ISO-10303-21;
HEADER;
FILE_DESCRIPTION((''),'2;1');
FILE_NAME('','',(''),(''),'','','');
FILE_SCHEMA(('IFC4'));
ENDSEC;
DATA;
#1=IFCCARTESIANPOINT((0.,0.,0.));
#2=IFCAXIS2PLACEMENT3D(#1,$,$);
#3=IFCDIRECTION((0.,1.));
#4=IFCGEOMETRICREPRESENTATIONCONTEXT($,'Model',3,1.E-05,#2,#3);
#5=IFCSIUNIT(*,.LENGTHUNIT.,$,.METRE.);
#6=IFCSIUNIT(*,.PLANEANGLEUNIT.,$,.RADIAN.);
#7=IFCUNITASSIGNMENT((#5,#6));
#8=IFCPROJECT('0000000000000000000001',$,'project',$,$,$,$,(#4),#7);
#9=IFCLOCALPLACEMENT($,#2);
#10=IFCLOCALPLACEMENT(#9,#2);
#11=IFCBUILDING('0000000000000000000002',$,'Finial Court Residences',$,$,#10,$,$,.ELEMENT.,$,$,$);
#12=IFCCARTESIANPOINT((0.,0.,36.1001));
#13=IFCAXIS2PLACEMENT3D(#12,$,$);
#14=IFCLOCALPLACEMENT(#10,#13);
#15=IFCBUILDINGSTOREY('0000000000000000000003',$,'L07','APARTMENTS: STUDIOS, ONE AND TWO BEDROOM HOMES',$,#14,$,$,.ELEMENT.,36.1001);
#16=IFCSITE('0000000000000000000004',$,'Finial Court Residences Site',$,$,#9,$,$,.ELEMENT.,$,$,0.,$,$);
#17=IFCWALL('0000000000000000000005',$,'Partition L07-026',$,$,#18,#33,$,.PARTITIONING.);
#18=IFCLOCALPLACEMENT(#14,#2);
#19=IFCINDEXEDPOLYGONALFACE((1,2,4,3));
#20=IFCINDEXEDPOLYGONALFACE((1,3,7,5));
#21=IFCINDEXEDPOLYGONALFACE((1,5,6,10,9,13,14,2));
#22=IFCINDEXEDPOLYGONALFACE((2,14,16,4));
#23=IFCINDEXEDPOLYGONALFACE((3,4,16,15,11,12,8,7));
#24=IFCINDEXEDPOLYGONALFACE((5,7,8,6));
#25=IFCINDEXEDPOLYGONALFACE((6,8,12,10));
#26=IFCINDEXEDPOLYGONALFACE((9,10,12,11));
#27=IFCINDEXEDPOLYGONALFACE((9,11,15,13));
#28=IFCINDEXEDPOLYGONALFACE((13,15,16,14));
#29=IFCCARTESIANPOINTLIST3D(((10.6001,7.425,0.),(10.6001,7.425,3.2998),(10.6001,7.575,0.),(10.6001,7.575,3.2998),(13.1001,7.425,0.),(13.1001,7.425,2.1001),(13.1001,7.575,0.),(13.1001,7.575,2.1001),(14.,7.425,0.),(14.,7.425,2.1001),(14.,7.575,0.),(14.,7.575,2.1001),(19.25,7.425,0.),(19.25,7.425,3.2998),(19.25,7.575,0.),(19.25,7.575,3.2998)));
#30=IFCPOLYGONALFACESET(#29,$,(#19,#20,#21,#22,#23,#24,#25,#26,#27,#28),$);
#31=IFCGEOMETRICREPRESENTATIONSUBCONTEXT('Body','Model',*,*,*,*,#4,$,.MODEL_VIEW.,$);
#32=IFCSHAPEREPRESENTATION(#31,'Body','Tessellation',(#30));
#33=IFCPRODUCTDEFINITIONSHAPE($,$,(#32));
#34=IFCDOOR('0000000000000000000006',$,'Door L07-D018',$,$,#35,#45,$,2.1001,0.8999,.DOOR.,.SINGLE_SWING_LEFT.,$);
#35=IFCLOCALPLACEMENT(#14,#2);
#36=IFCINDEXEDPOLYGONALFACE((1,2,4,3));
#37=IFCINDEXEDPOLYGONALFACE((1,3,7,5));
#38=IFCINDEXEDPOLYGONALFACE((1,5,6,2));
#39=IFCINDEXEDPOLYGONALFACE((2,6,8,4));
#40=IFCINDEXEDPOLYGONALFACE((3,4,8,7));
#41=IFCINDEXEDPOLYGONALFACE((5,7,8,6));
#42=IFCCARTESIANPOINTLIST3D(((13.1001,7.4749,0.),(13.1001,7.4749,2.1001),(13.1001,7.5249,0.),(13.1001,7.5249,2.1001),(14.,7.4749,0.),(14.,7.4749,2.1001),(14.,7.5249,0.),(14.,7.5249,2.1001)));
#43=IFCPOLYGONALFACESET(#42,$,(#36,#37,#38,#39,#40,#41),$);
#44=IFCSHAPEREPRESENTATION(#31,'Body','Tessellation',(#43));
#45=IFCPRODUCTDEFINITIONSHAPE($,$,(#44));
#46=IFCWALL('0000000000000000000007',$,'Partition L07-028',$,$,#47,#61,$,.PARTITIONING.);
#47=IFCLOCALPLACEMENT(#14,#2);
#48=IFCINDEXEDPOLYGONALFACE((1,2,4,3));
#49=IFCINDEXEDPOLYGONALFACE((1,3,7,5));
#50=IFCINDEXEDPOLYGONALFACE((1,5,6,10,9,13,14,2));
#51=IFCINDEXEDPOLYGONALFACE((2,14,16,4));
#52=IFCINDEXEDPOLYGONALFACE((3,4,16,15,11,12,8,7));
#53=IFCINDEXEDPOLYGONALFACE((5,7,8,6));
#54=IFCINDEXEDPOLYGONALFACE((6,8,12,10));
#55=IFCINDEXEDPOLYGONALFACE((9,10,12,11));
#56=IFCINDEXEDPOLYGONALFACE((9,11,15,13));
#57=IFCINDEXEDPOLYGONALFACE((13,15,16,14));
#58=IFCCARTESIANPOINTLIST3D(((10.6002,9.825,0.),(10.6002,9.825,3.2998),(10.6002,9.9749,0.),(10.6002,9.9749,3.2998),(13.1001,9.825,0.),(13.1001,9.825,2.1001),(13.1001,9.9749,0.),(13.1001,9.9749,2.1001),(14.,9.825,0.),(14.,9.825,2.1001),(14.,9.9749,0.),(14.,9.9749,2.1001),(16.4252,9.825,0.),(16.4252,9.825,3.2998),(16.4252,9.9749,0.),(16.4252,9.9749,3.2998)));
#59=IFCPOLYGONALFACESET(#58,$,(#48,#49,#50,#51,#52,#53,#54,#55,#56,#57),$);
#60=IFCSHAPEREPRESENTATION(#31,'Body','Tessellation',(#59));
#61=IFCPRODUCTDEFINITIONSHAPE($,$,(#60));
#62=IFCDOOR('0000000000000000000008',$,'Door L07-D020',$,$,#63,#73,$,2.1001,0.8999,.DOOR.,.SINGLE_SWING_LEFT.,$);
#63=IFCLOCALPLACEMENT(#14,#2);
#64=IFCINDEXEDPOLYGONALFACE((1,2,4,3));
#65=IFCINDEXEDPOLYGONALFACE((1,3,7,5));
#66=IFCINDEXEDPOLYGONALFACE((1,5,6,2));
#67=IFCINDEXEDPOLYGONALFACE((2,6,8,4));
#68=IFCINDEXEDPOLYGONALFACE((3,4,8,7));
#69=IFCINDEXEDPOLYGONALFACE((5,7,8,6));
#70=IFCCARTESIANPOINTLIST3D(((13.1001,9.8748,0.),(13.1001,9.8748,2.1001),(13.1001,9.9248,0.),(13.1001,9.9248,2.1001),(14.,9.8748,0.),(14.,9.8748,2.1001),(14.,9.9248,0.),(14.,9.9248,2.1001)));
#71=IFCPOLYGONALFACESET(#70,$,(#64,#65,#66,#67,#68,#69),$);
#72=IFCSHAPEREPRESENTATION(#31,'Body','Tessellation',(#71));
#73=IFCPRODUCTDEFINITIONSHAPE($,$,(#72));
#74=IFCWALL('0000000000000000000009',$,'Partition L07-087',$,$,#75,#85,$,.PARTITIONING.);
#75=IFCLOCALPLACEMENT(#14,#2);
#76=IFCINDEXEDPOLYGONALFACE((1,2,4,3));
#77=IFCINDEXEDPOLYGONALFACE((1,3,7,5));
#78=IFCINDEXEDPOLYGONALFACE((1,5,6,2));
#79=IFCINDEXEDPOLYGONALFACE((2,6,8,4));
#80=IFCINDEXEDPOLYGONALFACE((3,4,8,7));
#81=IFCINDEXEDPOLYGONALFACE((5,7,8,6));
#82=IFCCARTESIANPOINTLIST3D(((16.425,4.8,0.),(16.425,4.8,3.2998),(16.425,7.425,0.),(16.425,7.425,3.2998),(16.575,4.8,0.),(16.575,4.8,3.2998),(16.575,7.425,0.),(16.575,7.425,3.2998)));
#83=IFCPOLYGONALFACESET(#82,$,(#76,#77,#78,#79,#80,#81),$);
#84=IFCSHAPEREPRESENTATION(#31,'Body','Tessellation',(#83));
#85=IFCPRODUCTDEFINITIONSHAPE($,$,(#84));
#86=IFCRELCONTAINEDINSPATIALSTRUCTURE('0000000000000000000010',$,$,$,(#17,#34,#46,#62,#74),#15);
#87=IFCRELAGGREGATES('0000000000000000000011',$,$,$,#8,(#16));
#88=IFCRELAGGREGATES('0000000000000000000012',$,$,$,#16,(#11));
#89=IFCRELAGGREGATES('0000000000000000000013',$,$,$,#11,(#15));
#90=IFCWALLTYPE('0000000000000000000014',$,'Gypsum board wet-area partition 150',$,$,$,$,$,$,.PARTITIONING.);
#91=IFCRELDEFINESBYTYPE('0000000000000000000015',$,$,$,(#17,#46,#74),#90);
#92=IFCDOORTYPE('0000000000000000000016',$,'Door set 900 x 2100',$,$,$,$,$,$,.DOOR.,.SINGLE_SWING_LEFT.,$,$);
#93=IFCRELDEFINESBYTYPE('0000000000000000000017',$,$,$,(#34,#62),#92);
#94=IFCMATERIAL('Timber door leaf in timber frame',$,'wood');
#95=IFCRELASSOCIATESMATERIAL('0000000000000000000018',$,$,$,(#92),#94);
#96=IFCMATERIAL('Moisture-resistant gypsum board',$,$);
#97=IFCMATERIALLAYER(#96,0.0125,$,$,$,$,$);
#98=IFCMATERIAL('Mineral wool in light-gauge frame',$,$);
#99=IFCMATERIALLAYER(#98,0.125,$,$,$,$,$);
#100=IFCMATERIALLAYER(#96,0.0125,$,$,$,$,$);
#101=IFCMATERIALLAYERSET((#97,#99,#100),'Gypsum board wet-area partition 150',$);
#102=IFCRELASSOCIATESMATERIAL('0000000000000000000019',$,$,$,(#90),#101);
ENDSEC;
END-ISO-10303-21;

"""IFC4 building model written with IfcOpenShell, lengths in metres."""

from ifc_helpers import new_model, si_unit, direction, frame, frame_2d, origin, place, context, subcontext, project, spatial, rectangle, extrude, material, layer, layer_set, type_object, element, fill, save


model = new_model("IFC4")

# Units and contexts
model_context = context("Model", 3, precision=1e-05, world=origin(), true_north=direction((0.0, 1.0)))
body_context = subcontext(model_context, "Body", "Model", "MODEL_VIEW")
ifc_project = project(units=[si_unit("LENGTHUNIT", "METRE"), si_unit("PLANEANGLEUNIT", "RADIAN")], contexts=[model_context])

# Site, building, storey
site_placement = place(None, origin())
site = spatial("IfcSite", under=ifc_project, at=site_placement, Name="Finial Court Residences Site", CompositionType="ELEMENT", RefElevation=0.0)
building_placement = place(site_placement, origin())
building = spatial("IfcBuilding", under=site, at=building_placement, Name="Finial Court Residences", CompositionType="ELEMENT")
storey_placement = place(building_placement, frame((0.0, 0.0, 36.1001)))
storey = spatial("IfcBuildingStorey", under=building, at=storey_placement, Name="L07", Description="APARTMENTS: STUDIOS, ONE AND TWO BEDROOM HOMES", CompositionType="ELEMENT", Elevation=36.1001)

# Shared definitions
ifc_material_1 = material(Name="Mineral wool in light-gauge frame")

# Shared definitions
ifc_material_2 = material(Name="Timber door leaf in timber frame", Category="wood")
door_type = type_object("IfcDoorType", Name="Door set 900 x 2100", OperationType="SINGLE_SWING_LEFT", PredefinedType="DOOR", material=ifc_material_2)
ifc_material_3 = material(Name="Moisture-resistant gypsum board")
ifc_layer_1 = layer(ifc_material_3, 0.0125)
ifc_layer_2 = layer(ifc_material_1, 0.125)
ifc_layer_3 = layer(ifc_material_3, 0.0125)
ifc_layer_set_1 = layer_set([ifc_layer_1, ifc_layer_2, ifc_layer_3], Name="Gypsum board wet-area partition 150")
wall_type_1 = type_object("IfcWallType", Name="Gypsum board wet-area partition 150", PredefinedType="PARTITIONING", material=ifc_layer_set_1)

# Walls, openings, doors
wall_1_placement = place(storey_placement, frame((10.6001, 7.5, 0.0), z_axis=(0.0, 0.0, 1.0), x_axis=(1.0, 0.0, 0.0)))
wall_1 = element("IfcWall", 1, at=wall_1_placement, inside=storey, type_object=wall_type_1, Name="Partition L07-026", PredefinedType="PARTITIONING", context=body_context, shape_type="SweptSolid", body=[
    extrude(rectangle(XDim=8.6499, YDim=0.1499, at=frame_2d((4.325, 0.0))), origin(), (0.0, 0.0, 1.0), 3.2998),
])
opening_1_placement = place(wall_1_placement, frame((2.5, 0.0, 0.0)))
opening_1 = element("IfcOpeningElement", 2, at=opening_1_placement, cuts=wall_1, PredefinedType="OPENING", context=body_context, shape_type="SweptSolid", body=[
    extrude(rectangle(XDim=0.8999, YDim=2.1001, at=frame_2d((0.45, 1.05))), frame((0.0, 0.085, 0.0), z_axis=(0.0, -1.0, 0.0), x_axis=(1.0, 0.0, 0.0)), (0.0, 0.0, 1.0), 0.1699),
])
door_1_placement = place(opening_1_placement, origin())
door_1 = element("IfcDoor", 3, at=door_1_placement, inside=storey, type_object=door_type, Name="Door L07-D018", OperationType="SINGLE_SWING_LEFT", OverallHeight=2.1001, OverallWidth=0.8999, PredefinedType="DOOR", context=body_context, shape_type="SweptSolid", body=[
    extrude(rectangle(XDim=0.8999, YDim=2.1001, at=frame_2d((0.45, 1.05))), frame((0.0, 0.0249, 0.0), z_axis=(0.0, -1.0, 0.0), x_axis=(1.0, 0.0, 0.0)), (0.0, 0.0, 1.0), 0.05),
])
fill(opening_1, door_1)
wall_2_placement = place(storey_placement, frame((10.6001, 9.8999, 0.0), z_axis=(0.0, 0.0, 1.0), x_axis=(1.0, 0.0, 0.0)))
wall_2 = element("IfcWall", 4, at=wall_2_placement, inside=storey, type_object=wall_type_1, Name="Partition L07-028", PredefinedType="PARTITIONING", context=body_context, shape_type="SweptSolid", body=[
    extrude(rectangle(XDim=5.825, YDim=0.1499, at=frame_2d((2.9126, 0.0))), origin(), (0.0, 0.0, 1.0), 3.2998),
])
opening_2_placement = place(wall_2_placement, frame((2.5, 0.0, 0.0)))
opening_2 = element("IfcOpeningElement", 5, at=opening_2_placement, cuts=wall_2, PredefinedType="OPENING", context=body_context, shape_type="SweptSolid", body=[
    extrude(rectangle(XDim=0.8999, YDim=2.1001, at=frame_2d((0.45, 1.05))), frame((0.0, 0.085, 0.0), z_axis=(0.0, -1.0, 0.0), x_axis=(1.0, 0.0, 0.0)), (0.0, 0.0, 1.0), 0.1699),
])
door_2_placement = place(opening_2_placement, origin())
door_2 = element("IfcDoor", 6, at=door_2_placement, inside=storey, type_object=door_type, Name="Door L07-D020", OperationType="SINGLE_SWING_LEFT", OverallHeight=2.1001, OverallWidth=0.8999, PredefinedType="DOOR", context=body_context, shape_type="SweptSolid", body=[
    extrude(rectangle(XDim=0.8999, YDim=2.1001, at=frame_2d((0.45, 1.05))), frame((0.0, 0.0249, 0.0), z_axis=(0.0, -1.0, 0.0), x_axis=(1.0, 0.0, 0.0)), (0.0, 0.0, 1.0), 0.05),
])
fill(opening_2, door_2)

# Wall
wall_3_placement = place(storey_placement, frame((16.5, 4.8, 0.0), z_axis=(0.0, 0.0, 1.0), x_axis=(0.0, 1.0, 0.0)))
element("IfcWall", 7, at=wall_3_placement, inside=storey, type_object=wall_type_1, Name="Partition L07-087", PredefinedType="PARTITIONING", context=body_context, shape_type="SweptSolid", body=[
    extrude(rectangle(XDim=2.625, YDim=0.1499, at=frame_2d((1.3125, 0.0))), origin(), (0.0, 0.0, 1.0), 3.2998),
])

save(model, "model.ifc")
